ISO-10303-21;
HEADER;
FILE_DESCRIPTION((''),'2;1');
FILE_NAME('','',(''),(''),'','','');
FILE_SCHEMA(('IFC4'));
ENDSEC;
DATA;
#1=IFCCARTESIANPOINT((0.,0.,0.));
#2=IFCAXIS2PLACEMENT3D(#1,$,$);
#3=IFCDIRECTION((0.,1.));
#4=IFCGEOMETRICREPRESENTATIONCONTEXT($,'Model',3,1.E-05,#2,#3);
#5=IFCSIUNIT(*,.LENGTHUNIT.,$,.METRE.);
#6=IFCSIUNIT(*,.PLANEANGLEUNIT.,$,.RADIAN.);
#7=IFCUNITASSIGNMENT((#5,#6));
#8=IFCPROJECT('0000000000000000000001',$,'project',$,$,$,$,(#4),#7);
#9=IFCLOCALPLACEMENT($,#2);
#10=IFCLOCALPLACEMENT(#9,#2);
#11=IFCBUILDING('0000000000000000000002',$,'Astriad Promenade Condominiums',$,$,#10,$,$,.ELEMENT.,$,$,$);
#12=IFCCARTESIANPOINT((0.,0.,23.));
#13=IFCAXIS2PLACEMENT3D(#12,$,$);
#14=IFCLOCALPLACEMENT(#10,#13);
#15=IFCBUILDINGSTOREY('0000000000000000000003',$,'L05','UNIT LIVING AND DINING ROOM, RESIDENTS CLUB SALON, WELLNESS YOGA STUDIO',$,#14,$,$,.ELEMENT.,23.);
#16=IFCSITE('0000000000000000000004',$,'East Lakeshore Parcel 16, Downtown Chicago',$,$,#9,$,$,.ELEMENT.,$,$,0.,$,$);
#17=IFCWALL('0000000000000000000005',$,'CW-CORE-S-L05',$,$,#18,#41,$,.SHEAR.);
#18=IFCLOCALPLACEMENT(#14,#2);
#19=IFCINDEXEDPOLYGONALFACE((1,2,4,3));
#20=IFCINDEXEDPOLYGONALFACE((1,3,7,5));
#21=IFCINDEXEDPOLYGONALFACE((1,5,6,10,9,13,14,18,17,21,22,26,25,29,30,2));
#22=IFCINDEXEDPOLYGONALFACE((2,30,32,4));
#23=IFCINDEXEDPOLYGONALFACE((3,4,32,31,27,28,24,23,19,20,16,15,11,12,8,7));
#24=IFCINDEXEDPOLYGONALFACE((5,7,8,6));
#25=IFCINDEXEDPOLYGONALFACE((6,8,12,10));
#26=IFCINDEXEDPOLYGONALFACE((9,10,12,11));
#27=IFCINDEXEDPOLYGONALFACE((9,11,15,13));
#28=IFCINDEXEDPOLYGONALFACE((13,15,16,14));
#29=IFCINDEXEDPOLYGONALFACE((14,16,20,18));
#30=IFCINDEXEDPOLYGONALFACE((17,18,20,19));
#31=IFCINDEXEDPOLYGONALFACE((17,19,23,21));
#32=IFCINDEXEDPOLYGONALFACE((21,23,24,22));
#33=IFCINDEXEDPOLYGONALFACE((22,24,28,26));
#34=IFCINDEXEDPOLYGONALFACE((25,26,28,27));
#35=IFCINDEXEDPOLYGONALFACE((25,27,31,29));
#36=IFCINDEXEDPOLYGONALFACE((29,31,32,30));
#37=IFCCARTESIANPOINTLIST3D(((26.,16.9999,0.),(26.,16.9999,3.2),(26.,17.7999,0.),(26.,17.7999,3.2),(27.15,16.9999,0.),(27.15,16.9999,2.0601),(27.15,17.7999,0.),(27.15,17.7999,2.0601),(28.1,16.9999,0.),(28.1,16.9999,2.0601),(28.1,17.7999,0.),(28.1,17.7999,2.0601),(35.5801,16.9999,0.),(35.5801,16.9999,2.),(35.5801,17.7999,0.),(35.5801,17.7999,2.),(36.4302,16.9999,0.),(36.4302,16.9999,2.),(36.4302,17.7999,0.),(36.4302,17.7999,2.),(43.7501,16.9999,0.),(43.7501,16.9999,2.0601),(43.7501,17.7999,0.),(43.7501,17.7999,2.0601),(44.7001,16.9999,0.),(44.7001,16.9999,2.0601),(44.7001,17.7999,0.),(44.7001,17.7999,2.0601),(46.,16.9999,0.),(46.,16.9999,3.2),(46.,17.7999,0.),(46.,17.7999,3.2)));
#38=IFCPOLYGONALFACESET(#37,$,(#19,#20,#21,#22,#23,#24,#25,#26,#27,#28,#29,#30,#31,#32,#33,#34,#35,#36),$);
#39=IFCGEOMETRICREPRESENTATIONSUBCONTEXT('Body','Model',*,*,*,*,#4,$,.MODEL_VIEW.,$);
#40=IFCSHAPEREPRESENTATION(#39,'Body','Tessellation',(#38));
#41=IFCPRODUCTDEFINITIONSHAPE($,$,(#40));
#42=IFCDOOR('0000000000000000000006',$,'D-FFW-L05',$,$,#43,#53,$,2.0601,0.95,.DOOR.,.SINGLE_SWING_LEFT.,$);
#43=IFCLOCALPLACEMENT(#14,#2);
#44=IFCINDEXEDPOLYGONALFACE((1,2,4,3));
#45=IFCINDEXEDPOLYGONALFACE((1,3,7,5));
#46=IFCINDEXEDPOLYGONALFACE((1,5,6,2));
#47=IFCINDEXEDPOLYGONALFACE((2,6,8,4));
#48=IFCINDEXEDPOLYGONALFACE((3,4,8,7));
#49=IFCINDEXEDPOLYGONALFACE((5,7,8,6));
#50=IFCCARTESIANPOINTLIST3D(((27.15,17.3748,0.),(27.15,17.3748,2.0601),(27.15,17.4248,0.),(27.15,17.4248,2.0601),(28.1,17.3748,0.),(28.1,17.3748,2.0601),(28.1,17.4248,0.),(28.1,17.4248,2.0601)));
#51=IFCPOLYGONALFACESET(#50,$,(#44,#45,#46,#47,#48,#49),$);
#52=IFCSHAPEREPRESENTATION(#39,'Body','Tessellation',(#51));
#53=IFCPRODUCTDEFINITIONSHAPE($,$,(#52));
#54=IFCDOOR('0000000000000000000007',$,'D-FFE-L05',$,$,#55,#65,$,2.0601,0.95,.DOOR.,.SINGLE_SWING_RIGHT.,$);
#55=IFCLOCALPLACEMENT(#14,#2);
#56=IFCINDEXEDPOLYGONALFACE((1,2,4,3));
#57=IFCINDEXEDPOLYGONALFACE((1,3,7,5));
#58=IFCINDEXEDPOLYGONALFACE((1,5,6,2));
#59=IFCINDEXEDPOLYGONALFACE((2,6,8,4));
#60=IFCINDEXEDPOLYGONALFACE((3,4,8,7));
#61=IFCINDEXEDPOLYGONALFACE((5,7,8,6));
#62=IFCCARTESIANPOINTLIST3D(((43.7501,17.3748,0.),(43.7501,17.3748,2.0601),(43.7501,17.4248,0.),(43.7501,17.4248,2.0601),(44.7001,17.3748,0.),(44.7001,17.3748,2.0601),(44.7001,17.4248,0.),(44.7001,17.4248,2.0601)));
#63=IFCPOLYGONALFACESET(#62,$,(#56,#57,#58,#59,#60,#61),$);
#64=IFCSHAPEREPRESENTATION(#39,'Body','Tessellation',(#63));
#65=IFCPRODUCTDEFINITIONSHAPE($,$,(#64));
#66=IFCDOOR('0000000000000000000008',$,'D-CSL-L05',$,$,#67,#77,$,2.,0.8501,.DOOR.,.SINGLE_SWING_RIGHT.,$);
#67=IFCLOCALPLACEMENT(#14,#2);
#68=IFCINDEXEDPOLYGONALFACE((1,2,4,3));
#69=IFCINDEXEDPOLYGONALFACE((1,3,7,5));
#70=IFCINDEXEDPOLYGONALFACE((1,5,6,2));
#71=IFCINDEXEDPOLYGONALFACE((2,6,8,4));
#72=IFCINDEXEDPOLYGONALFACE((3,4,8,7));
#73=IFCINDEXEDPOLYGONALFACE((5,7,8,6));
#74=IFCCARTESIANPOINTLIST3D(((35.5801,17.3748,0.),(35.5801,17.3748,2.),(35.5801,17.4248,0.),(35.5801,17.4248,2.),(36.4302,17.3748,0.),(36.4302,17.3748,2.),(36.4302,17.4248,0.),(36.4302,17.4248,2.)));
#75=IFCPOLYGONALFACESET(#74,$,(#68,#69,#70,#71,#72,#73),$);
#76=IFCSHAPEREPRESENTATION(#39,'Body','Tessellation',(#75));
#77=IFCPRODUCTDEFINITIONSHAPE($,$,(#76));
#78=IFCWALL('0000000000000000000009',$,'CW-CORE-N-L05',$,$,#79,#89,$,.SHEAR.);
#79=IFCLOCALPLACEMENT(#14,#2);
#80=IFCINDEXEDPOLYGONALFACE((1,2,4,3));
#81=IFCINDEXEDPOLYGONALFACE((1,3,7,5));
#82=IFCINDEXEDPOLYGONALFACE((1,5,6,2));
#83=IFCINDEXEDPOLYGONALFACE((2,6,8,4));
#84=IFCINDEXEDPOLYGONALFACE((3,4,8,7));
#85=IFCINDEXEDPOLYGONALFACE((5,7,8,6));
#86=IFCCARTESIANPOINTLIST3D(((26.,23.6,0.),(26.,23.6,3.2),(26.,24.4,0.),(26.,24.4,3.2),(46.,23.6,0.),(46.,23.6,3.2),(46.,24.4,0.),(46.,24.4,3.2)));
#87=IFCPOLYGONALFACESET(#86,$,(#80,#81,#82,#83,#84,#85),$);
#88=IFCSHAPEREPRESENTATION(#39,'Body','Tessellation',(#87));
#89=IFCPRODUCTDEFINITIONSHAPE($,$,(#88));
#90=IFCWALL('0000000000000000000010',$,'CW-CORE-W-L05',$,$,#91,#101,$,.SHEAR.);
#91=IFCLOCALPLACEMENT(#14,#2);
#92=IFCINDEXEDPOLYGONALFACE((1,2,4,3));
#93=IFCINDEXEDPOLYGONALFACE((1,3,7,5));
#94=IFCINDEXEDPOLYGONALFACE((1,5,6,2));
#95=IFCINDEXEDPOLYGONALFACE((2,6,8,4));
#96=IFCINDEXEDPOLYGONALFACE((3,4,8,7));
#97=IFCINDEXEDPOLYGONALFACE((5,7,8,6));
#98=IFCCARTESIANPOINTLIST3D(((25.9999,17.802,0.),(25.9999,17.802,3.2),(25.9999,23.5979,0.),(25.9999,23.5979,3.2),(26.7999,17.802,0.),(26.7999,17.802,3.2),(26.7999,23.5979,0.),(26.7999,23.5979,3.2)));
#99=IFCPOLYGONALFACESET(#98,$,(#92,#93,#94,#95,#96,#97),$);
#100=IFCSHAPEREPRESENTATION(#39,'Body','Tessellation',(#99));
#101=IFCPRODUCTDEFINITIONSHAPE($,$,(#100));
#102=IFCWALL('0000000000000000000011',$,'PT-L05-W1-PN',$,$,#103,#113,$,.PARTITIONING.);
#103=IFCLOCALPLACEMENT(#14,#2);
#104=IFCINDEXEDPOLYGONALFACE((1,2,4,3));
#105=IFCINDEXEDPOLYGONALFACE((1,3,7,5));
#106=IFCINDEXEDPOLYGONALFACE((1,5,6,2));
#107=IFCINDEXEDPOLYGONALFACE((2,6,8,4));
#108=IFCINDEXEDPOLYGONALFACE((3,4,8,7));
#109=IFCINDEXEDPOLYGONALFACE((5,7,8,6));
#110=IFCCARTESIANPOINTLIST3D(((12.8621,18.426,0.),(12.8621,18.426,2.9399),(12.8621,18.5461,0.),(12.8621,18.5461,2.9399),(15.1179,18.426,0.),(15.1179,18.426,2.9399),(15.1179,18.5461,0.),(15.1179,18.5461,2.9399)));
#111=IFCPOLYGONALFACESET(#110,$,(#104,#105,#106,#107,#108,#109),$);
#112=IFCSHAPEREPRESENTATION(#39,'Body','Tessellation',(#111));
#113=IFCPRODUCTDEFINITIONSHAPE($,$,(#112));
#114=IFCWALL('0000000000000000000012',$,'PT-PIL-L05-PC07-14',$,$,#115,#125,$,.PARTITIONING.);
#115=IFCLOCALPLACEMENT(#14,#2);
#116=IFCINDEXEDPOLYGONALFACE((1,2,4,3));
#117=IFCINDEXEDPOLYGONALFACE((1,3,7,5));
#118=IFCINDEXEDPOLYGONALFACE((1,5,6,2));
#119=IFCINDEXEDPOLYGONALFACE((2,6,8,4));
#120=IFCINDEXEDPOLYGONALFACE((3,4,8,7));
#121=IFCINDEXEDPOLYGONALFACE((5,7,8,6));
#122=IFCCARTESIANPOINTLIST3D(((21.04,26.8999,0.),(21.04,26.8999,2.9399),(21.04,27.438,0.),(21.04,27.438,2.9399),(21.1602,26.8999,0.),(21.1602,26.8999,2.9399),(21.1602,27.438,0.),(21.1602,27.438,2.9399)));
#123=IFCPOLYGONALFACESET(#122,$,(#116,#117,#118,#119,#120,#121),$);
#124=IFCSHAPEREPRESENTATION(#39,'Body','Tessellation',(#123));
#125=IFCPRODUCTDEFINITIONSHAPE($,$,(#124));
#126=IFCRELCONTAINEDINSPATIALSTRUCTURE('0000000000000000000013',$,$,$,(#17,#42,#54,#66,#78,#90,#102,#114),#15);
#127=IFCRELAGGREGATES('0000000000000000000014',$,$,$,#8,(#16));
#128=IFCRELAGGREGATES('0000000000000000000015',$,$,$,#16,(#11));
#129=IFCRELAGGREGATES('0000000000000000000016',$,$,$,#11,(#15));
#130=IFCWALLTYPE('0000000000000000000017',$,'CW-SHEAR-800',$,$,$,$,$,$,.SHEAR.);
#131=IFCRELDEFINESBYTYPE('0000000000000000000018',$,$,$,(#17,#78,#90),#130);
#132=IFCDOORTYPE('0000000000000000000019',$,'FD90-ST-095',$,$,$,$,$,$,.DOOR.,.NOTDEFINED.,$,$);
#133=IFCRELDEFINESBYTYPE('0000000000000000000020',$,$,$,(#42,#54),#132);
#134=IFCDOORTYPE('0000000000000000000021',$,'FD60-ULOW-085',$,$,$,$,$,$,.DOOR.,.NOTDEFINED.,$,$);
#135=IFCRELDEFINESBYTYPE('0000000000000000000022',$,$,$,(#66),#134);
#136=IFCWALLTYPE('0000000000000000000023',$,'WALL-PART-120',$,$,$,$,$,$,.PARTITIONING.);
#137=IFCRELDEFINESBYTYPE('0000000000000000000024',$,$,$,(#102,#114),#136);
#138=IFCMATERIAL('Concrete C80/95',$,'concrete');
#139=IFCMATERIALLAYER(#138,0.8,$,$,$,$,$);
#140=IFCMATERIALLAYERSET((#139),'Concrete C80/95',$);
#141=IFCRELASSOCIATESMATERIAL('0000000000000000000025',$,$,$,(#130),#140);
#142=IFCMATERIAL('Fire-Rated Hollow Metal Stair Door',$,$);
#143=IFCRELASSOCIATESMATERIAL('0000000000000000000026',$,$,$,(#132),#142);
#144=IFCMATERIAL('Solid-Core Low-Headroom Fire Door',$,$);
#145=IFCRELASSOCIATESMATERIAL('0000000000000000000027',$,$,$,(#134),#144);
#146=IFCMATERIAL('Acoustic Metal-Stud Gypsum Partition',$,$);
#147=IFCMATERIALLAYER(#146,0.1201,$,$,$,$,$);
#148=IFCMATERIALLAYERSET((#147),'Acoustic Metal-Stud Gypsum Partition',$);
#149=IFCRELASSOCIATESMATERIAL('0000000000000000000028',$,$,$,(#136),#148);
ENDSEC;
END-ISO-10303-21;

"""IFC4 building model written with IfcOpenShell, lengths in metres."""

from ifc_helpers import new_model, si_unit, direction, frame, frame_2d, origin, place, context, subcontext, project, spatial, rectangle, extrude, source, transform, mapped, material, layer, layer_set, type_object, type_shapes, element, fill, save


model = new_model("IFC4")

# Units and contexts
model_context = context("Model", 3, precision=1e-05, world=origin(), true_north=direction((0.0, 1.0)))
body_context = subcontext(model_context, "Body", "Model", "MODEL_VIEW")
ifc_project = project(units=[si_unit("LENGTHUNIT", "METRE"), si_unit("PLANEANGLEUNIT", "RADIAN")], contexts=[model_context])

# Site, building, storey
site_placement = place(None, origin())
site = spatial("IfcSite", under=ifc_project, at=site_placement, Name="East Lakeshore Parcel 16, Downtown Chicago", CompositionType="ELEMENT", RefElevation=0.0)
building_placement = place(site_placement, origin())
building = spatial("IfcBuilding", under=site, at=building_placement, Name="Astriad Promenade Condominiums", CompositionType="ELEMENT")
storey_placement = place(building_placement, frame((0.0, 0.0, 23.0)))
storey = spatial("IfcBuildingStorey", under=building, at=storey_placement, Name="L05", Description="UNIT LIVING AND DINING ROOM, RESIDENTS CLUB SALON, WELLNESS YOGA STUDIO", CompositionType="ELEMENT", Elevation=23.0)

# Shared definitions
ifc_material_1 = material(Name="Concrete C80/95", Category="concrete")

# Wall, openings, doors
ifc_layer_1 = layer(ifc_material_1, 0.8)
ifc_layer_set_1 = layer_set([ifc_layer_1], Name="Concrete C80/95")
wall_type_1 = type_object("IfcWallType", Name="CW-SHEAR-800", PredefinedType="SHEAR", material=ifc_layer_set_1)
wall_1_placement = place(storey_placement, frame((26.0, 17.3999, 0.0), z_axis=(0.0, 0.0, 1.0), x_axis=(1.0, 0.0, 0.0)))
wall_1 = element("IfcWall", 1, at=wall_1_placement, inside=storey, type_object=wall_type_1, Name="CW-CORE-S-L05", PredefinedType="SHEAR", context=body_context, shape_type="SweptSolid", body=[
    extrude(rectangle(XDim=20.0, YDim=0.8, at=frame_2d((10.0, 0.0))), origin(), (0.0, 0.0, 1.0), 3.2),
])
opening_1_placement = place(wall_1_placement, frame((1.1499, 0.0, 0.0)))
opening_1 = element("IfcOpeningElement", 2, at=opening_1_placement, cuts=wall_1, PredefinedType="OPENING", context=body_context, shape_type="SweptSolid", body=[
    extrude(rectangle(XDim=0.95, YDim=2.0601, at=frame_2d((0.4751, 1.03))), frame((0.0, 0.4099, 0.0), z_axis=(0.0, -1.0, 0.0), x_axis=(1.0, 0.0, 0.0)), (0.0, 0.0, 1.0), 0.8201),
])
opening_2_placement = place(wall_1_placement, frame((9.5801, 0.0, 0.0)))
opening_2 = element("IfcOpeningElement", 3, at=opening_2_placement, cuts=wall_1, PredefinedType="OPENING", context=body_context, shape_type="SweptSolid", body=[
    extrude(rectangle(XDim=0.8501, YDim=2.0, at=frame_2d((0.425, 1.0))), frame((0.0, 0.4099, 0.0), z_axis=(0.0, -1.0, 0.0), x_axis=(1.0, 0.0, 0.0)), (0.0, 0.0, 1.0), 0.8201),
])
opening_3_placement = place(wall_1_placement, frame((17.75, 0.0, 0.0)))
opening_3 = element("IfcOpeningElement", 4, at=opening_3_placement, cuts=wall_1, PredefinedType="OPENING", context=body_context, shape_type="SweptSolid", body=[
    extrude(rectangle(XDim=0.95, YDim=2.0601, at=frame_2d((0.4751, 1.03))), frame((0.0, 0.4099, 0.0), z_axis=(0.0, -1.0, 0.0), x_axis=(1.0, 0.0, 0.0)), (0.0, 0.0, 1.0), 0.8201),
])
ifc_material_2 = material(Name="Fire-Rated Hollow Metal Stair Door")
door_type_1 = type_object("IfcDoorType", Name="FD90-ST-095", OperationType="NOTDEFINED", PredefinedType="DOOR", material=ifc_material_2)
shared_shape_1 = source(origin(), body_context, "Body", "SweptSolid", [
    extrude(rectangle(XDim=0.95, YDim=2.0601, at=frame_2d((0.4751, 1.03))), frame((0.0, 0.0249, 0.0), z_axis=(0.0, -1.0, 0.0), x_axis=(1.0, 0.0, 0.0)), (0.0, 0.0, 1.0), 0.05),
])
type_shapes(door_type_1, [shared_shape_1])
door_1_placement = place(opening_1_placement, origin())
door_1 = element("IfcDoor", 5, at=door_1_placement, inside=storey, type_object=door_type_1, Name="D-FFW-L05", OperationType="SINGLE_SWING_LEFT", OverallHeight=2.0601, OverallWidth=0.95, PredefinedType="DOOR", context=body_context, shape_type="MappedRepresentation", body=[
    mapped(shared_shape_1, transform((0.0, 0.0, 0.0), scale=1.0)),
])
fill(opening_1, door_1)
door_2_placement = place(opening_3_placement, origin())
door_2 = element("IfcDoor", 6, at=door_2_placement, inside=storey, type_object=door_type_1, Name="D-FFE-L05", OperationType="SINGLE_SWING_RIGHT", OverallHeight=2.0601, OverallWidth=0.95, PredefinedType="DOOR", context=body_context, shape_type="MappedRepresentation", body=[
    mapped(shared_shape_1, transform((0.0, 0.0, 0.0), scale=1.0)),
])
fill(opening_3, door_2)
ifc_material_3 = material(Name="Solid-Core Low-Headroom Fire Door")
door_type_2 = type_object("IfcDoorType", Name="FD60-ULOW-085", OperationType="NOTDEFINED", PredefinedType="DOOR", material=ifc_material_3)
shared_shape_2 = source(origin(), body_context, "Body", "SweptSolid", [
    extrude(rectangle(XDim=0.8501, YDim=2.0, at=frame_2d((0.425, 1.0))), frame((0.0, 0.0249, 0.0), z_axis=(0.0, -1.0, 0.0), x_axis=(1.0, 0.0, 0.0)), (0.0, 0.0, 1.0), 0.05),
])
type_shapes(door_type_2, [shared_shape_2])
door_3_placement = place(opening_2_placement, origin())
door_3 = element("IfcDoor", 7, at=door_3_placement, inside=storey, type_object=door_type_2, Name="D-CSL-L05", OperationType="SINGLE_SWING_RIGHT", OverallHeight=2.0, OverallWidth=0.8501, PredefinedType="DOOR", context=body_context, shape_type="MappedRepresentation", body=[
    mapped(shared_shape_2, transform((0.0, 0.0, 0.0), scale=1.0)),
])
fill(opening_2, door_3)

# Walls
wall_2_placement = place(storey_placement, frame((26.0, 24.0, 0.0), z_axis=(0.0, 0.0, 1.0), x_axis=(1.0, 0.0, 0.0)))
element("IfcWall", 8, at=wall_2_placement, inside=storey, type_object=wall_type_1, Name="CW-CORE-N-L05", PredefinedType="SHEAR", context=body_context, shape_type="SweptSolid", body=[
    extrude(rectangle(XDim=20.0, YDim=0.8, at=frame_2d((10.0, 0.0))), origin(), (0.0, 0.0, 1.0), 3.2),
])
wall_3_placement = place(storey_placement, frame((26.3999, 17.802, 0.0), z_axis=(0.0, 0.0, 1.0), x_axis=(0.0, 1.0, 0.0)))
element("IfcWall", 9, at=wall_3_placement, inside=storey, type_object=wall_type_1, Name="CW-CORE-W-L05", PredefinedType="SHEAR", context=body_context, shape_type="SweptSolid", body=[
    extrude(rectangle(XDim=5.7959, YDim=0.8, at=frame_2d((2.8979, 0.0))), origin(), (0.0, 0.0, 1.0), 3.2),
])
ifc_material_4 = material(Name="Acoustic Metal-Stud Gypsum Partition")
ifc_layer_2 = layer(ifc_material_4, 0.1201)
ifc_layer_set_2 = layer_set([ifc_layer_2], Name="Acoustic Metal-Stud Gypsum Partition")
wall_type_2 = type_object("IfcWallType", Name="WALL-PART-120", PredefinedType="PARTITIONING", material=ifc_layer_set_2)
wall_4_placement = place(storey_placement, frame((12.8621, 18.4861, 0.0), z_axis=(0.0, 0.0, 1.0), x_axis=(1.0, 0.0, 0.0)))
element("IfcWall", 10, at=wall_4_placement, inside=storey, type_object=wall_type_2, Name="PT-L05-W1-PN", PredefinedType="PARTITIONING", context=body_context, shape_type="SweptSolid", body=[
    extrude(rectangle(XDim=2.2559, YDim=0.1201, at=frame_2d((1.1279, 0.0))), origin(), (0.0, 0.0, 1.0), 2.9399),
])
wall_5_placement = place(storey_placement, frame((21.1001, 26.8999, 0.0), z_axis=(0.0, 0.0, 1.0), x_axis=(0.0, 1.0, 0.0)))
element("IfcWall", 11, at=wall_5_placement, inside=storey, type_object=wall_type_2, Name="PT-PIL-L05-PC07-14", PredefinedType="PARTITIONING", context=body_context, shape_type="SweptSolid", body=[
    extrude(rectangle(XDim=0.5381, YDim=0.1201, at=frame_2d((0.269, 0.0))), origin(), (0.0, 0.0, 1.0), 2.9399),
])

save(model, "model.ifc")
